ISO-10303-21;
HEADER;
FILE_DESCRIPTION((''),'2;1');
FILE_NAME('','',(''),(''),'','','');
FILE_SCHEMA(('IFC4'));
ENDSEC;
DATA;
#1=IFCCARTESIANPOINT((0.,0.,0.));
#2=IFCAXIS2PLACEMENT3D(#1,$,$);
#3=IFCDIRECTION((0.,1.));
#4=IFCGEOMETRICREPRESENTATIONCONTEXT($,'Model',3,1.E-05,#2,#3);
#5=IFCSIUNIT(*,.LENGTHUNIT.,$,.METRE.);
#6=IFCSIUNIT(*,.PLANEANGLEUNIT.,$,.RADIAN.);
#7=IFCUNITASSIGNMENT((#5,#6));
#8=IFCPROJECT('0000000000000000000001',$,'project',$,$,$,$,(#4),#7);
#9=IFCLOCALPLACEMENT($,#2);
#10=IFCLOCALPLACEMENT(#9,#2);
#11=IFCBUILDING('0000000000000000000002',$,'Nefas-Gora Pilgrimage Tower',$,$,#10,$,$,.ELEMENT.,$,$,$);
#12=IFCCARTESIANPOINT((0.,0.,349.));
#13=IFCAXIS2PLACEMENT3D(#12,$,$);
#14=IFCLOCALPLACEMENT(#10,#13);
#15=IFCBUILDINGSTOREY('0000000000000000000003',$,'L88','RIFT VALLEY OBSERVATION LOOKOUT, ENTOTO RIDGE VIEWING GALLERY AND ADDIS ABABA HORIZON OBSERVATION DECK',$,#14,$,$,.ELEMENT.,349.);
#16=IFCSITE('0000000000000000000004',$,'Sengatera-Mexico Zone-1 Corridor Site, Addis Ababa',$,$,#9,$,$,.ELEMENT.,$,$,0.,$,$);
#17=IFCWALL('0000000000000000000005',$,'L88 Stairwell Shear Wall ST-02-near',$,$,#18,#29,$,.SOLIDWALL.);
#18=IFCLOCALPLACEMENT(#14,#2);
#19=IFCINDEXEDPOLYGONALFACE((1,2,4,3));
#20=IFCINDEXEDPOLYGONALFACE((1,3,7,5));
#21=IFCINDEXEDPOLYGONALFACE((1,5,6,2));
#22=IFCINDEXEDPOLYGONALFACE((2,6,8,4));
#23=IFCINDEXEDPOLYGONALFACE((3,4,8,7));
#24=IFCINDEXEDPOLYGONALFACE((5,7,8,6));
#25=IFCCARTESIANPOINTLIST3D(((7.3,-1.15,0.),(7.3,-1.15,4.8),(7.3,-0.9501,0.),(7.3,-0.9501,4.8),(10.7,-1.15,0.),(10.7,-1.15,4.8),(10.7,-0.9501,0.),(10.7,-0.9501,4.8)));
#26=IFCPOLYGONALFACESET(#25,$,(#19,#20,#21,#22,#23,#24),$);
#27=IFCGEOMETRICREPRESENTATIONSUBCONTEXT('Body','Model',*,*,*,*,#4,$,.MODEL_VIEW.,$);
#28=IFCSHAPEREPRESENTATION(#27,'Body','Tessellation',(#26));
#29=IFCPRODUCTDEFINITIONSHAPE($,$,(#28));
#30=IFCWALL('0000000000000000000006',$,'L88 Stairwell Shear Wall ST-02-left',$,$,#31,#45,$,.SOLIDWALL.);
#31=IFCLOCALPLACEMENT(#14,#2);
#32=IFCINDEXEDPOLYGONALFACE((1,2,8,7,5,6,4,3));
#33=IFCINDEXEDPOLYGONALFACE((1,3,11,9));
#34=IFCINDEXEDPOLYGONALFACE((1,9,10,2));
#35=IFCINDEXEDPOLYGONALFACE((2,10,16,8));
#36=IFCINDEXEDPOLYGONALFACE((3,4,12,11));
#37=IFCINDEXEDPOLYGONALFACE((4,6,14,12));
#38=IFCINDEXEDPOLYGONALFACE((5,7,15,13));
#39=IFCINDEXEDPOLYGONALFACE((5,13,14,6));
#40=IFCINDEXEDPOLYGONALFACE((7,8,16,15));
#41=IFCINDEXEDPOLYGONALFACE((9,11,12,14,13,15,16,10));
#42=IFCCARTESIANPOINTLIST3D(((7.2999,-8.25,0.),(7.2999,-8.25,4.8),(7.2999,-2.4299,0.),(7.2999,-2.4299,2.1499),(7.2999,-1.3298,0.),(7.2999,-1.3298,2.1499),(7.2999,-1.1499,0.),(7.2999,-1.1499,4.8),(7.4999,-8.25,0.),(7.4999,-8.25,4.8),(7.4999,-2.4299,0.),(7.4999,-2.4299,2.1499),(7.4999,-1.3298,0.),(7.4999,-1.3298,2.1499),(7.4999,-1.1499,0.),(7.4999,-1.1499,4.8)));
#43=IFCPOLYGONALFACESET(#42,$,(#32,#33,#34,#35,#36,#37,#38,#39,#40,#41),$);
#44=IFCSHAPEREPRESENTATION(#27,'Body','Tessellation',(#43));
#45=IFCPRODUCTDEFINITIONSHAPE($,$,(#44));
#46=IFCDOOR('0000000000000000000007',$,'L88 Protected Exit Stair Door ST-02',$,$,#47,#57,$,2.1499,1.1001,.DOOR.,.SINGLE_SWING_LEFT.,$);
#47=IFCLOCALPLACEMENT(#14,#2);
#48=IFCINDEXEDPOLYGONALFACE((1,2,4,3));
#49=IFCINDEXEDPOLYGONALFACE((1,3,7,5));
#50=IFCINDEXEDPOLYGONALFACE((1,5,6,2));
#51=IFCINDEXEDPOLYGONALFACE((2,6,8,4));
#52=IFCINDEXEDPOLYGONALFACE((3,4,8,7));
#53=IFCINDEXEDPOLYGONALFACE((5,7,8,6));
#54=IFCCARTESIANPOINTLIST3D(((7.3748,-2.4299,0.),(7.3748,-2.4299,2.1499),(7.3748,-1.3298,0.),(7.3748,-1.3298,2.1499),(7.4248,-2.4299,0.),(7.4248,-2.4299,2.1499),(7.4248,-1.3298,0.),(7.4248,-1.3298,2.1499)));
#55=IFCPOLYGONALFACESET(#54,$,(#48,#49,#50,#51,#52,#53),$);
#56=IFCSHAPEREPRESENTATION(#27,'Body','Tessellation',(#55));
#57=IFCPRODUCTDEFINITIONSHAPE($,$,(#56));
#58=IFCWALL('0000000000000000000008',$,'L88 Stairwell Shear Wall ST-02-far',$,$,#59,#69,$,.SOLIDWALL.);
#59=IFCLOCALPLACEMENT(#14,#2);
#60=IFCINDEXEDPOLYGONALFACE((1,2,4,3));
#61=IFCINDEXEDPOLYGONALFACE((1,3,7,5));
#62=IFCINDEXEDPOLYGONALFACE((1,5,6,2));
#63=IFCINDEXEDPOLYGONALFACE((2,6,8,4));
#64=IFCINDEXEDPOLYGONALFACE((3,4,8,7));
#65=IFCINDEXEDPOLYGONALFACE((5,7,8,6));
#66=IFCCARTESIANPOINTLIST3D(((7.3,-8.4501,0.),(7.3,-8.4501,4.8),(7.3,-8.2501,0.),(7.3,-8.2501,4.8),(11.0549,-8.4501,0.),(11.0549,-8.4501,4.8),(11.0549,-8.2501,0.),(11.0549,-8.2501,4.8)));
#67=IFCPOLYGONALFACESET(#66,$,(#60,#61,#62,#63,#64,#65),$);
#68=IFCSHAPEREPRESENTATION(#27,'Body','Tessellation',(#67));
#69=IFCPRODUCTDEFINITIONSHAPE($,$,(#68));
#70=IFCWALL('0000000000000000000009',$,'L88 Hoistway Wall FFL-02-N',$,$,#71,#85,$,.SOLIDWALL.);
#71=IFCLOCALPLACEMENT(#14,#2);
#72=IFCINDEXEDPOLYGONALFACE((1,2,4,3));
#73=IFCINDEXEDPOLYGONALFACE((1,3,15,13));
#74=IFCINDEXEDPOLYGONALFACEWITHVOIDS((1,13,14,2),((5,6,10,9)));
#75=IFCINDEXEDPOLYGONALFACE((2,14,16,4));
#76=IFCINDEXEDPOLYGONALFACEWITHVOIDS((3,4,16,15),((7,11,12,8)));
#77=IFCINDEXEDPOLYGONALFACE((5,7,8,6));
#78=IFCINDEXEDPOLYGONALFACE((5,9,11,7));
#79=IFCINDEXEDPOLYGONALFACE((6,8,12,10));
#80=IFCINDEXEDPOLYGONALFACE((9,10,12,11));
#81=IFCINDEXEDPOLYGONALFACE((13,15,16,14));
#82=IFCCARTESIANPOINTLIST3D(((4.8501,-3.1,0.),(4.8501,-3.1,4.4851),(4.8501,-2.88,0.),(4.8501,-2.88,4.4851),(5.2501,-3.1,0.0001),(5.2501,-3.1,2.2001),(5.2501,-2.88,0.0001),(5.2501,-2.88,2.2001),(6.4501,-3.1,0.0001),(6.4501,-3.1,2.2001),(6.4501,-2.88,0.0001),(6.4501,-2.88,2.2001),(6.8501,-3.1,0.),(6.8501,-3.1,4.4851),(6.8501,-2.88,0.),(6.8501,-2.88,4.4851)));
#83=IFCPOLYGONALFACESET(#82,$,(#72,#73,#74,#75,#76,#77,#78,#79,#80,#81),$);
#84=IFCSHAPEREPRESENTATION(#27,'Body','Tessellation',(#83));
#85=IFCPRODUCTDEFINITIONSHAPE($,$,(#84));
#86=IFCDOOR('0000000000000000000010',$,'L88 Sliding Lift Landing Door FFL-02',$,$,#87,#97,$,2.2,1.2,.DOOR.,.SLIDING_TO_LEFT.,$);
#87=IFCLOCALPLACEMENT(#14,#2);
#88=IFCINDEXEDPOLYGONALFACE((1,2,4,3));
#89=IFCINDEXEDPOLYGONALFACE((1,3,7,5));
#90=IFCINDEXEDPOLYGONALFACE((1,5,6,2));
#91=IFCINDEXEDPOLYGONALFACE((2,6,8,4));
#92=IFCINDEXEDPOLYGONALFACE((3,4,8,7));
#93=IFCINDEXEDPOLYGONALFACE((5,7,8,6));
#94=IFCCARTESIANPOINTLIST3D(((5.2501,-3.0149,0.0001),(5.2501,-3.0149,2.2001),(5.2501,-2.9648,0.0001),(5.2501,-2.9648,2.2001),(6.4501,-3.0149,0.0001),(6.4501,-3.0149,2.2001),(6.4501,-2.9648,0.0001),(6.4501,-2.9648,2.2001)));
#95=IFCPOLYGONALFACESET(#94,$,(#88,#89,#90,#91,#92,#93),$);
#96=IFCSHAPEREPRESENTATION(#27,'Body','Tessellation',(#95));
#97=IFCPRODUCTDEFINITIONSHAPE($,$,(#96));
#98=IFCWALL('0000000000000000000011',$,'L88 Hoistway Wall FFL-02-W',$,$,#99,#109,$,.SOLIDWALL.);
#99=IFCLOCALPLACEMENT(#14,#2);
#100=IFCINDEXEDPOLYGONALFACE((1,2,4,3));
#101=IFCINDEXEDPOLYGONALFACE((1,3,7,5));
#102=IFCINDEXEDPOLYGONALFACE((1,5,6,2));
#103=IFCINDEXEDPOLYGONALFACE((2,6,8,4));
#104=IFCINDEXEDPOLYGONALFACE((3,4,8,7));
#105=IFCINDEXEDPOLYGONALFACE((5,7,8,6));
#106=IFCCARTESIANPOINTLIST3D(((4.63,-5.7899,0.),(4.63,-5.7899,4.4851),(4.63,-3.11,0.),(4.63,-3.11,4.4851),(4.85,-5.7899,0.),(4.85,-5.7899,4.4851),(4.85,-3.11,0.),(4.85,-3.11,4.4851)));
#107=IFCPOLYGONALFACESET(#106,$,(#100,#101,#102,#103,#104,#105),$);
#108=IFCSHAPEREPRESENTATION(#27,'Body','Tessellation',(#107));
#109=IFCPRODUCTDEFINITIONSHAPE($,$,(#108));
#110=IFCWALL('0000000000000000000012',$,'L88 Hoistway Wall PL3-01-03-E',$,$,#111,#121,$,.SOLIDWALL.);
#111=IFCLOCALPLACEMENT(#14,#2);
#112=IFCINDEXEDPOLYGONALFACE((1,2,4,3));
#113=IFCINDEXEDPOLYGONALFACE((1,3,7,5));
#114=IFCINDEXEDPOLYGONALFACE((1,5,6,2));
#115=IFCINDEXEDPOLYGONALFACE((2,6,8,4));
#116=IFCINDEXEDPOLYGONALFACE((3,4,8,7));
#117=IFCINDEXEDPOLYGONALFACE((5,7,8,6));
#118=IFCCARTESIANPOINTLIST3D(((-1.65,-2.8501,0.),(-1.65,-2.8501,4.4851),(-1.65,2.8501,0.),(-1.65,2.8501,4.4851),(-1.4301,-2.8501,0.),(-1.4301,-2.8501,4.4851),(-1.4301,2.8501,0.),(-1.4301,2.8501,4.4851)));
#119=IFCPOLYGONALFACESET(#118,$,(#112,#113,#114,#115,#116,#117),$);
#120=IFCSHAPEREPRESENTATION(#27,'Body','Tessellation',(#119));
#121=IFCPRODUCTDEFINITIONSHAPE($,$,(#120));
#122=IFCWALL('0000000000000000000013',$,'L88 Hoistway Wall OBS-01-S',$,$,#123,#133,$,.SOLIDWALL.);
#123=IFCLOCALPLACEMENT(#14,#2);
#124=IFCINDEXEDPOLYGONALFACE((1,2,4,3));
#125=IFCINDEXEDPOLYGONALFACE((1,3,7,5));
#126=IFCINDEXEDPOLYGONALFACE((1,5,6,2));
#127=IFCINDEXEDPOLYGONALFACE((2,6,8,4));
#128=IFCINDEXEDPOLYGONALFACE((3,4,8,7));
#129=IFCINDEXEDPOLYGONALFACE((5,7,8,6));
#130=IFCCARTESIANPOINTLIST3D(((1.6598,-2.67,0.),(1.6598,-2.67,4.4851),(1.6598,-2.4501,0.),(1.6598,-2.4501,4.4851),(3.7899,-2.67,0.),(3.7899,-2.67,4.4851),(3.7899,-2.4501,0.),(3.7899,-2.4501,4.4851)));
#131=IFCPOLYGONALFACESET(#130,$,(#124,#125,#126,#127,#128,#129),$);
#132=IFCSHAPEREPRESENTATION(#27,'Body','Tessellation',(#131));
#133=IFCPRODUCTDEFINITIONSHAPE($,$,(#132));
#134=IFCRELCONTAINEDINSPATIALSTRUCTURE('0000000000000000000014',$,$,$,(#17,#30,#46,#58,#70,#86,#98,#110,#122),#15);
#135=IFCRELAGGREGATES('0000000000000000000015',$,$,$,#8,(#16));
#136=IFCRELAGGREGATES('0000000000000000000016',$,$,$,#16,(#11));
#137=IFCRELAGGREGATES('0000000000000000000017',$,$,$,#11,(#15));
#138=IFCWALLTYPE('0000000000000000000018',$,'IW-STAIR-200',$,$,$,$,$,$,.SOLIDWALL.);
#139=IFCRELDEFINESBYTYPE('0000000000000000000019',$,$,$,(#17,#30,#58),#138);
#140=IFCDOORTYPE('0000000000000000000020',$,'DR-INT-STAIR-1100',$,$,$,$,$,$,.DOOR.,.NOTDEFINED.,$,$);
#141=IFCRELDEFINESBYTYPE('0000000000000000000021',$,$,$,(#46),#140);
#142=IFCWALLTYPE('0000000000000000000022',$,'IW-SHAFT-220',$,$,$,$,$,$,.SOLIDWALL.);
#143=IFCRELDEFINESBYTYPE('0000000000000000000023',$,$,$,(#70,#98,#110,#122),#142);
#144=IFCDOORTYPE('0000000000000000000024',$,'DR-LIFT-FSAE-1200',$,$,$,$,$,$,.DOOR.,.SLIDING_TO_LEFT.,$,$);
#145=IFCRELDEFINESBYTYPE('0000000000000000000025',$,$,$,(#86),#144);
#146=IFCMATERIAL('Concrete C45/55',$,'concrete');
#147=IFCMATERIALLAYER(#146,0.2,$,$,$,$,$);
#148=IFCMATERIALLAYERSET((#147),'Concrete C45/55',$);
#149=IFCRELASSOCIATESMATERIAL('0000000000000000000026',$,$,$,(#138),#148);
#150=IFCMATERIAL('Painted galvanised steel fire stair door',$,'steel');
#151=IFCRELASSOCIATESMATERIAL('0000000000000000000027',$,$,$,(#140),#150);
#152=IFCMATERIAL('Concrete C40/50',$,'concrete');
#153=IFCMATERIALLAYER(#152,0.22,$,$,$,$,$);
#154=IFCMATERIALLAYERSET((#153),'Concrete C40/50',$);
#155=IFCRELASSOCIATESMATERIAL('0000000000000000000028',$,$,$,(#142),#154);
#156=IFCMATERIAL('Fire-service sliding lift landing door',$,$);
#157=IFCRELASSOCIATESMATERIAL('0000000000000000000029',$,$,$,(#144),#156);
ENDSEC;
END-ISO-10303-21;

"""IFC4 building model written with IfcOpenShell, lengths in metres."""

from ifc_helpers import new_model, si_unit, direction, frame, frame_2d, origin, place, context, subcontext, project, spatial, rectangle, extrude, source, transform, mapped, material, layer, layer_set, type_object, element, fill, save


model = new_model("IFC4")

# Units and contexts
model_context = context("Model", 3, precision=1e-05, world=origin(), true_north=direction((0.0, 1.0)))
body_context = subcontext(model_context, "Body", "Model", "MODEL_VIEW")
ifc_project = project(units=[si_unit("LENGTHUNIT", "METRE"), si_unit("PLANEANGLEUNIT", "RADIAN")], contexts=[model_context])

# Site, building, storey
site_placement = place(None, origin())
site = spatial("IfcSite", under=ifc_project, at=site_placement, Name="Sengatera-Mexico Zone-1 Corridor Site, Addis Ababa", CompositionType="ELEMENT", RefElevation=0.0)
building_placement = place(site_placement, origin())
building = spatial("IfcBuilding", under=site, at=building_placement, Name="Nefas-Gora Pilgrimage Tower", CompositionType="ELEMENT")
storey_placement = place(building_placement, frame((0.0, 0.0, 349.0)))
storey = spatial("IfcBuildingStorey", under=building, at=storey_placement, Name="L88", Description="RIFT VALLEY OBSERVATION LOOKOUT, ENTOTO RIDGE VIEWING GALLERY AND ADDIS ABABA HORIZON OBSERVATION DECK", CompositionType="ELEMENT", Elevation=349.0)

# Wall
ifc_material_1 = material(Name="Concrete C45/55", Category="concrete")
ifc_layer_1 = layer(ifc_material_1, 0.2)
ifc_layer_set_1 = layer_set([ifc_layer_1], Name="Concrete C45/55")
wall_type_1 = type_object("IfcWallType", Name="IW-STAIR-200", PredefinedType="SOLIDWALL", material=ifc_layer_set_1)
shared_shape_1 = source(origin(), body_context, "Body", "SweptSolid", [
    extrude(rectangle(XDim=3.3999, YDim=0.2, at=frame_2d((1.7, 0.0))), origin(), (0.0, 0.0, 1.0), 4.8),
])
wall_1_placement = place(storey_placement, frame((7.3, -1.05, 0.0), z_axis=(0.0, 0.0, 1.0), x_axis=(1.0, 0.0, 0.0)))
element("IfcWall", 1, at=wall_1_placement, inside=storey, type_object=wall_type_1, Name="L88 Stairwell Shear Wall ST-02-near", PredefinedType="SOLIDWALL", context=body_context, shape_type="MappedRepresentation", body=[
    mapped(shared_shape_1, transform((0.0, 0.0, 0.0), x_axis=(1.0, 0.0, 0.0), y_axis=(0.0, 1.0, 0.0), z_axis=(0.0, 0.0, 1.0), scale=1.0)),
])

# Wall, opening, door
shared_shape_2 = source(origin(), body_context, "Body", "SweptSolid", [
    extrude(rectangle(XDim=7.1001, YDim=0.2, at=frame_2d((3.55, 0.0))), origin(), (0.0, 0.0, 1.0), 4.8),
])
wall_2_placement = place(storey_placement, frame((7.3999, -1.1499, 0.0), z_axis=(0.0, 0.0, 1.0), x_axis=(0.0, -1.0, 0.0)))
wall_2 = element("IfcWall", 2, at=wall_2_placement, inside=storey, type_object=wall_type_1, Name="L88 Stairwell Shear Wall ST-02-left", PredefinedType="SOLIDWALL", context=body_context, shape_type="MappedRepresentation", body=[
    mapped(shared_shape_2, transform((0.0, 0.0, 0.0), x_axis=(1.0, 0.0, 0.0), y_axis=(0.0, 1.0, 0.0), z_axis=(0.0, 0.0, 1.0), scale=1.0)),
])
opening_1_placement = place(wall_2_placement, frame((0.1799, 0.0, 0.0)))
opening_1 = element("IfcOpeningElement", 3, at=opening_1_placement, cuts=wall_2, PredefinedType="OPENING", context=body_context, shape_type="SweptSolid", body=[
    extrude(rectangle(XDim=1.1001, YDim=2.1499, at=frame_2d((0.55, 1.075))), frame((0.0, 0.1099, 0.0), z_axis=(0.0, -1.0, 0.0), x_axis=(1.0, 0.0, 0.0)), (0.0, 0.0, 1.0), 0.22),
])
ifc_material_2 = material(Name="Painted galvanised steel fire stair door", Category="steel")
door_type_1 = type_object("IfcDoorType", Name="DR-INT-STAIR-1100", OperationType="NOTDEFINED", PredefinedType="DOOR", material=ifc_material_2)
shared_shape_3 = source(origin(), body_context, "Body", "SweptSolid", [
    extrude(rectangle(XDim=1.1001, YDim=2.1499, at=frame_2d((0.55, 1.075))), frame((0.0, 0.0249, 0.0), z_axis=(0.0, -1.0, 0.0), x_axis=(1.0, 0.0, 0.0)), (0.0, 0.0, 1.0), 0.05),
])
door_1_placement = place(opening_1_placement, origin())
door_1 = element("IfcDoor", 4, at=door_1_placement, inside=storey, type_object=door_type_1, Name="L88 Protected Exit Stair Door ST-02", OperationType="SINGLE_SWING_LEFT", OverallHeight=2.1499, OverallWidth=1.1001, PredefinedType="DOOR", context=body_context, shape_type="MappedRepresentation", body=[
    mapped(shared_shape_3, transform((0.0, 0.0, 0.0), x_axis=(1.0, 0.0, 0.0), y_axis=(0.0, 1.0, 0.0), z_axis=(0.0, 0.0, 1.0), scale=1.0)),
])
fill(opening_1, door_1)

# Wall
shared_shape_4 = source(origin(), body_context, "Body", "SweptSolid", [
    extrude(rectangle(XDim=3.7549, YDim=0.2, at=frame_2d((1.8774, 0.0))), origin(), (0.0, 0.0, 1.0), 4.8),
])
wall_3_placement = place(storey_placement, frame((7.3, -8.3501, 0.0), z_axis=(0.0, 0.0, 1.0), x_axis=(1.0, 0.0, 0.0)))
element("IfcWall", 5, at=wall_3_placement, inside=storey, type_object=wall_type_1, Name="L88 Stairwell Shear Wall ST-02-far", PredefinedType="SOLIDWALL", context=body_context, shape_type="MappedRepresentation", body=[
    mapped(shared_shape_4, transform((0.0, 0.0, 0.0), x_axis=(1.0, 0.0, 0.0), y_axis=(0.0, 1.0, 0.0), z_axis=(0.0, 0.0, 1.0), scale=1.0)),
])

# Wall, opening, door
ifc_material_3 = material(Name="Concrete C40/50", Category="concrete")
ifc_layer_2 = layer(ifc_material_3, 0.22)
ifc_layer_set_2 = layer_set([ifc_layer_2], Name="Concrete C40/50")
wall_type_2 = type_object("IfcWallType", Name="IW-SHAFT-220", PredefinedType="SOLIDWALL", material=ifc_layer_set_2)
shared_shape_5 = source(origin(), body_context, "Body", "SweptSolid", [
    extrude(rectangle(XDim=2.0, YDim=0.22, at=frame_2d((1.0, 0.0))), origin(), (0.0, 0.0, 1.0), 4.4851),
])
wall_4_placement = place(storey_placement, frame((6.8501, -2.99, 0.0), z_axis=(0.0, 0.0, 1.0), x_axis=(-1.0, 0.0, 0.0)))
wall_4 = element("IfcWall", 6, at=wall_4_placement, inside=storey, type_object=wall_type_2, Name="L88 Hoistway Wall FFL-02-N", PredefinedType="SOLIDWALL", context=body_context, shape_type="MappedRepresentation", body=[
    mapped(shared_shape_5, transform((0.0, 0.0, 0.0), x_axis=(1.0, 0.0, 0.0), y_axis=(0.0, 1.0, 0.0), z_axis=(0.0, 0.0, 1.0), scale=1.0)),
])
opening_2_placement = place(wall_4_placement, frame((0.3999, 0.0, 0.0)))
opening_2 = element("IfcOpeningElement", 7, at=opening_2_placement, cuts=wall_4, PredefinedType="OPENING", context=body_context, shape_type="SweptSolid", body=[
    extrude(rectangle(XDim=1.2, YDim=2.2, at=frame_2d((0.6001, 1.1001))), frame((0.0, 0.1199, 0.0), z_axis=(0.0, -1.0, 0.0), x_axis=(1.0, 0.0, 0.0)), (0.0, 0.0, 1.0), 0.24),
])
ifc_material_4 = material(Name="Fire-service sliding lift landing door")
door_type_2 = type_object("IfcDoorType", Name="DR-LIFT-FSAE-1200", OperationType="SLIDING_TO_LEFT", PredefinedType="DOOR", material=ifc_material_4)
shared_shape_6 = source(origin(), body_context, "Body", "SweptSolid", [
    extrude(rectangle(XDim=1.2, YDim=2.2, at=frame_2d((0.6001, 1.1001))), frame((0.0, 0.0249, 0.0), z_axis=(0.0, -1.0, 0.0), x_axis=(1.0, 0.0, 0.0)), (0.0, 0.0, 1.0), 0.05),
])
door_2_placement = place(opening_2_placement, origin())
door_2 = element("IfcDoor", 8, at=door_2_placement, inside=storey, type_object=door_type_2, Name="L88 Sliding Lift Landing Door FFL-02", OperationType="SLIDING_TO_LEFT", OverallHeight=2.2, OverallWidth=1.2, PredefinedType="DOOR", context=body_context, shape_type="MappedRepresentation", body=[
    mapped(shared_shape_6, transform((0.0, 0.0, 0.0), x_axis=(1.0, 0.0, 0.0), y_axis=(0.0, 1.0, 0.0), z_axis=(0.0, 0.0, 1.0), scale=1.0)),
])
fill(opening_2, door_2)

# Walls
shared_shape_7 = source(origin(), body_context, "Body", "SweptSolid", [
    extrude(rectangle(XDim=2.6799, YDim=0.22, at=frame_2d((1.3398, 0.0))), origin(), (0.0, 0.0, 1.0), 4.4851),
])
wall_5_placement = place(storey_placement, frame((4.74, -3.1101, 0.0), z_axis=(0.0, 0.0, 1.0), x_axis=(0.0, -1.0, 0.0)))
element("IfcWall", 9, at=wall_5_placement, inside=storey, type_object=wall_type_2, Name="L88 Hoistway Wall FFL-02-W", PredefinedType="SOLIDWALL", context=body_context, shape_type="MappedRepresentation", body=[
    mapped(shared_shape_7, transform((0.0, 0.0, 0.0), x_axis=(1.0, 0.0, 0.0), y_axis=(0.0, 1.0, 0.0), z_axis=(0.0, 0.0, 1.0), scale=1.0)),
])
shared_shape_8 = source(origin(), body_context, "Body", "SweptSolid", [
    extrude(rectangle(XDim=5.7002, YDim=0.22, at=frame_2d((2.8501, 0.0))), origin(), (0.0, 0.0, 1.0), 4.4851),
])
wall_6_placement = place(storey_placement, frame((-1.54, -2.8501, 0.0), z_axis=(0.0, 0.0, 1.0), x_axis=(0.0, 1.0, 0.0)))
element("IfcWall", 10, at=wall_6_placement, inside=storey, type_object=wall_type_2, Name="L88 Hoistway Wall PL3-01-03-E", PredefinedType="SOLIDWALL", context=body_context, shape_type="MappedRepresentation", body=[
    mapped(shared_shape_8, transform((0.0, 0.0, 0.0), x_axis=(1.0, 0.0, 0.0), y_axis=(0.0, 1.0, 0.0), z_axis=(0.0, 0.0, 1.0), scale=1.0)),
])
shared_shape_9 = source(origin(), body_context, "Body", "SweptSolid", [
    extrude(rectangle(XDim=2.1301, YDim=0.22, at=frame_2d((1.0649, 0.0))), origin(), (0.0, 0.0, 1.0), 4.4851),
])
wall_7_placement = place(storey_placement, frame((1.6599, -2.5601, 0.0), z_axis=(0.0, 0.0, 1.0), x_axis=(1.0, 0.0, 0.0)))
element("IfcWall", 11, at=wall_7_placement, inside=storey, type_object=wall_type_2, Name="L88 Hoistway Wall OBS-01-S", PredefinedType="SOLIDWALL", context=body_context, shape_type="MappedRepresentation", body=[
    mapped(shared_shape_9, transform((0.0, 0.0, 0.0), x_axis=(1.0, 0.0, 0.0), y_axis=(0.0, 1.0, 0.0), z_axis=(0.0, 0.0, 1.0), scale=1.0)),
])

save(model, "model.ifc")
